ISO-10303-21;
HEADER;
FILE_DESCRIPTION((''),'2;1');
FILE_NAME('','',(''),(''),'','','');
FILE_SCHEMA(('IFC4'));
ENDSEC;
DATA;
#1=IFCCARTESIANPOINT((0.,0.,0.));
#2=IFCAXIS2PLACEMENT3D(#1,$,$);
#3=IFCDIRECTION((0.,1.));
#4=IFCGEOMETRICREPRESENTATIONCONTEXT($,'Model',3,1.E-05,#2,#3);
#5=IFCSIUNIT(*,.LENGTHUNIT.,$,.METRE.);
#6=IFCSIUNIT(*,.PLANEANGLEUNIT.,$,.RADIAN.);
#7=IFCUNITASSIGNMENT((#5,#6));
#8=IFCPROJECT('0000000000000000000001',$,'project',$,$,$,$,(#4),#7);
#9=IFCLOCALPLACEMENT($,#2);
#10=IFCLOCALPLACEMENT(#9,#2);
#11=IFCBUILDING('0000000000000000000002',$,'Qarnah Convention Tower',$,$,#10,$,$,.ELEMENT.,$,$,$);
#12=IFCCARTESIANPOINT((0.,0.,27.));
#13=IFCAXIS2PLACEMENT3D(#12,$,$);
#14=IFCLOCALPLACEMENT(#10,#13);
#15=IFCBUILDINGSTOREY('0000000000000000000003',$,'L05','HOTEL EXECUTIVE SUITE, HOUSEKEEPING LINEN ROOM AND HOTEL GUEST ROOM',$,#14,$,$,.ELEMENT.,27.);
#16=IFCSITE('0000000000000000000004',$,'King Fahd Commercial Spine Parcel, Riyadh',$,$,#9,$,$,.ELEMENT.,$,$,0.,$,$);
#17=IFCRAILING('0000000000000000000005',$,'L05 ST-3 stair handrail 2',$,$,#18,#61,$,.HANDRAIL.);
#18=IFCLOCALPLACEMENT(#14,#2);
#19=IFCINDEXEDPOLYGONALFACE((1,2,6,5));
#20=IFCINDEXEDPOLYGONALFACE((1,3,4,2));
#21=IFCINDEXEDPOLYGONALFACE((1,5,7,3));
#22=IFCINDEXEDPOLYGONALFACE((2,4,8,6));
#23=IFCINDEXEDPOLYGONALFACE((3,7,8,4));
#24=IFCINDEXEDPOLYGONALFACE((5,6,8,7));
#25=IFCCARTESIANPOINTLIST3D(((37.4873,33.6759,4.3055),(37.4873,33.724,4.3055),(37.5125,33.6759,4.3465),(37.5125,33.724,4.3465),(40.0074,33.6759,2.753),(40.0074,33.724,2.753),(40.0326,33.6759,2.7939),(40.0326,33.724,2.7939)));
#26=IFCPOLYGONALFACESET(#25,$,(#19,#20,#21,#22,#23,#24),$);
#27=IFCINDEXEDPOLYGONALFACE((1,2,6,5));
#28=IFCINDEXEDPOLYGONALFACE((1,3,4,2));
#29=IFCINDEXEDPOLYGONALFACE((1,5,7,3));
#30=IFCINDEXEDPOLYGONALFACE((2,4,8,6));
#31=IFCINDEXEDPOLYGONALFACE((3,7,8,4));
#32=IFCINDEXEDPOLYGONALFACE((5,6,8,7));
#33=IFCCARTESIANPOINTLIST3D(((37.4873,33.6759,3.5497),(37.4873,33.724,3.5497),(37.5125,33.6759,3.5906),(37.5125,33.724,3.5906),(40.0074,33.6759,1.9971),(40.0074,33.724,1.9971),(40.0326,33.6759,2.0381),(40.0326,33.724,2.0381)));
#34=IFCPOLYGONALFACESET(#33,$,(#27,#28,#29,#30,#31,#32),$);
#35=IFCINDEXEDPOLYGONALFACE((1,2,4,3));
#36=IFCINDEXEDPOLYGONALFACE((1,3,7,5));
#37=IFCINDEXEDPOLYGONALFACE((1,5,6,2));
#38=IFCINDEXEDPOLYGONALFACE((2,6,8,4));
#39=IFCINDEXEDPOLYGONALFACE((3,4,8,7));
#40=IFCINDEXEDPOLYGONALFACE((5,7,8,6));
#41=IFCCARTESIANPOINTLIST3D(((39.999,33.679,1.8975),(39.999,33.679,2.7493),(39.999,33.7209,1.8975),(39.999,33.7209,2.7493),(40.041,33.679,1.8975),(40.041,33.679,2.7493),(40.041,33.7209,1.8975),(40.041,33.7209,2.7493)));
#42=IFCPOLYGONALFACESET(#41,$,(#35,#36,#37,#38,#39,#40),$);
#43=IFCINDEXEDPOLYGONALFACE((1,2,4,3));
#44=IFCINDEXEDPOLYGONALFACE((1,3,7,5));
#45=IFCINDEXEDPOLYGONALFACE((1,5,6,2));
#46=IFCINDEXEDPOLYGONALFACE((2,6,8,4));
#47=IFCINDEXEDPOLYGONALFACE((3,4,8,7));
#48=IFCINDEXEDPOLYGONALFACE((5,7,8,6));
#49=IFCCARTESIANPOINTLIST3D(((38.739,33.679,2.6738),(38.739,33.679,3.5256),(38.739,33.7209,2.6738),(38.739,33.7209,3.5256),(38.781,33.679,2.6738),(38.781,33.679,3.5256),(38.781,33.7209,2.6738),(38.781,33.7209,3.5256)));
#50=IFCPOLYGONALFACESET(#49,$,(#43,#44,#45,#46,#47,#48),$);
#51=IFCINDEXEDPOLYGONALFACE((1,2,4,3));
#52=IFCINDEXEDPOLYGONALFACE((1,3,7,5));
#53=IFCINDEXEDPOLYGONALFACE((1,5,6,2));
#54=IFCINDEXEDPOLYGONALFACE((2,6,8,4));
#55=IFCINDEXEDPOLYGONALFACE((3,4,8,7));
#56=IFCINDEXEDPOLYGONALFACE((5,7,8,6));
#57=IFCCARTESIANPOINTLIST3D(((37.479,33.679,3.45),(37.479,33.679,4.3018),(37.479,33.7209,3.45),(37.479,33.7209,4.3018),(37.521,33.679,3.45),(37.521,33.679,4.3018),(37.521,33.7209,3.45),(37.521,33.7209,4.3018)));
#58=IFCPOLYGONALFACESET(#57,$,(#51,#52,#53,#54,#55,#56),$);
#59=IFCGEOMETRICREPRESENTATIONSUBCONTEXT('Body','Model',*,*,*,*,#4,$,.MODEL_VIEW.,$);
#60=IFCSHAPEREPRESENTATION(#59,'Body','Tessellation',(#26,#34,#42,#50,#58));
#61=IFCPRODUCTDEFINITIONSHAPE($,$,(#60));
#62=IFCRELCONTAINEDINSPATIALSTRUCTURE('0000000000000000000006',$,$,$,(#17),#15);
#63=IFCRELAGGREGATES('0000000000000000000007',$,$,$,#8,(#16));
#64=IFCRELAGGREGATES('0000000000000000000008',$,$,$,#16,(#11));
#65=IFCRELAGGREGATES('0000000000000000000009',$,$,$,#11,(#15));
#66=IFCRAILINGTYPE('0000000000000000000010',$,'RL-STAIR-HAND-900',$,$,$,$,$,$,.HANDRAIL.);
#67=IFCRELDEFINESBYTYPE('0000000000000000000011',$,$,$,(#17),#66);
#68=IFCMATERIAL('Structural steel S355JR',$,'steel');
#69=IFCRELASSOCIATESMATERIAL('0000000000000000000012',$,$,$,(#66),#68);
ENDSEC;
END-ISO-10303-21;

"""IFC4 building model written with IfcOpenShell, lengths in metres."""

from ifc_helpers import new_model, si_unit, direction, frame, origin, origin_2d, place, context, subcontext, project, spatial, rectangle, extrude, material, type_object, element, save


model = new_model("IFC4")

# Units and contexts
model_context = context("Model", 3, precision=1e-05, world=origin(), true_north=direction((0.0, 1.0)))
body_context = subcontext(model_context, "Body", "Model", "MODEL_VIEW")
ifc_project = project(units=[si_unit("LENGTHUNIT", "METRE"), si_unit("PLANEANGLEUNIT", "RADIAN")], contexts=[model_context])

# Site, building, storey
site_placement = place(None, origin())
site = spatial("IfcSite", under=ifc_project, at=site_placement, Name="King Fahd Commercial Spine Parcel, Riyadh", CompositionType="ELEMENT", RefElevation=0.0)
building_placement = place(site_placement, origin())
building = spatial("IfcBuilding", under=site, at=building_placement, Name="Qarnah Convention Tower", CompositionType="ELEMENT")
storey_placement = place(building_placement, frame((0.0, 0.0, 27.0)))
storey = spatial("IfcBuildingStorey", under=building, at=storey_placement, Name="L05", Description="HOTEL EXECUTIVE SUITE, HOUSEKEEPING LINEN ROOM AND HOTEL GUEST ROOM", CompositionType="ELEMENT", Elevation=27.0)

# Shared definitions
ifc_material_1 = material(Name="Structural steel S355JR", Category="steel")

# Railing
railing_type = type_object("IfcRailingType", Name="RL-STAIR-HAND-900", PredefinedType="HANDRAIL", material=ifc_material_1)
railing_placement = place(storey_placement, frame((40.02, 33.7, 1.8975)))
element("IfcRailing", 1, at=railing_placement, inside=storey, type_object=railing_type, Name="L05 ST-3 stair handrail 2", PredefinedType="HANDRAIL", context=body_context, shape_type="SweptSolid", body=[
    extrude(rectangle(XDim=0.0481, YDim=0.0481, at=origin_2d()), frame((0.0, 0.0, 0.876), z_axis=(-0.8514, 0.0, 0.524516), x_axis=(0.0, -1.0, 0.0)), (0.0, 0.0, 1.0), 2.96),
    extrude(rectangle(XDim=0.0481, YDim=0.0481, at=origin_2d()), frame((0.0, 0.0, 0.1201), z_axis=(-0.8514, 0.0, 0.524516), x_axis=(0.0, -1.0, 0.0)), (0.0, 0.0, 1.0), 2.96),
    extrude(rectangle(XDim=0.042, YDim=0.042, at=origin_2d()), origin(), (0.0, 0.0, 1.0), 0.8518),
    extrude(rectangle(XDim=0.042, YDim=0.042, at=origin_2d()), frame((-1.26, 0.0, 0.7764)), (0.0, 0.0, 1.0), 0.8518),
    extrude(rectangle(XDim=0.042, YDim=0.042, at=origin_2d()), frame((-2.52, 0.0, 1.5525)), (0.0, 0.0, 1.0), 0.8518),
])

save(model, "model.ifc")
